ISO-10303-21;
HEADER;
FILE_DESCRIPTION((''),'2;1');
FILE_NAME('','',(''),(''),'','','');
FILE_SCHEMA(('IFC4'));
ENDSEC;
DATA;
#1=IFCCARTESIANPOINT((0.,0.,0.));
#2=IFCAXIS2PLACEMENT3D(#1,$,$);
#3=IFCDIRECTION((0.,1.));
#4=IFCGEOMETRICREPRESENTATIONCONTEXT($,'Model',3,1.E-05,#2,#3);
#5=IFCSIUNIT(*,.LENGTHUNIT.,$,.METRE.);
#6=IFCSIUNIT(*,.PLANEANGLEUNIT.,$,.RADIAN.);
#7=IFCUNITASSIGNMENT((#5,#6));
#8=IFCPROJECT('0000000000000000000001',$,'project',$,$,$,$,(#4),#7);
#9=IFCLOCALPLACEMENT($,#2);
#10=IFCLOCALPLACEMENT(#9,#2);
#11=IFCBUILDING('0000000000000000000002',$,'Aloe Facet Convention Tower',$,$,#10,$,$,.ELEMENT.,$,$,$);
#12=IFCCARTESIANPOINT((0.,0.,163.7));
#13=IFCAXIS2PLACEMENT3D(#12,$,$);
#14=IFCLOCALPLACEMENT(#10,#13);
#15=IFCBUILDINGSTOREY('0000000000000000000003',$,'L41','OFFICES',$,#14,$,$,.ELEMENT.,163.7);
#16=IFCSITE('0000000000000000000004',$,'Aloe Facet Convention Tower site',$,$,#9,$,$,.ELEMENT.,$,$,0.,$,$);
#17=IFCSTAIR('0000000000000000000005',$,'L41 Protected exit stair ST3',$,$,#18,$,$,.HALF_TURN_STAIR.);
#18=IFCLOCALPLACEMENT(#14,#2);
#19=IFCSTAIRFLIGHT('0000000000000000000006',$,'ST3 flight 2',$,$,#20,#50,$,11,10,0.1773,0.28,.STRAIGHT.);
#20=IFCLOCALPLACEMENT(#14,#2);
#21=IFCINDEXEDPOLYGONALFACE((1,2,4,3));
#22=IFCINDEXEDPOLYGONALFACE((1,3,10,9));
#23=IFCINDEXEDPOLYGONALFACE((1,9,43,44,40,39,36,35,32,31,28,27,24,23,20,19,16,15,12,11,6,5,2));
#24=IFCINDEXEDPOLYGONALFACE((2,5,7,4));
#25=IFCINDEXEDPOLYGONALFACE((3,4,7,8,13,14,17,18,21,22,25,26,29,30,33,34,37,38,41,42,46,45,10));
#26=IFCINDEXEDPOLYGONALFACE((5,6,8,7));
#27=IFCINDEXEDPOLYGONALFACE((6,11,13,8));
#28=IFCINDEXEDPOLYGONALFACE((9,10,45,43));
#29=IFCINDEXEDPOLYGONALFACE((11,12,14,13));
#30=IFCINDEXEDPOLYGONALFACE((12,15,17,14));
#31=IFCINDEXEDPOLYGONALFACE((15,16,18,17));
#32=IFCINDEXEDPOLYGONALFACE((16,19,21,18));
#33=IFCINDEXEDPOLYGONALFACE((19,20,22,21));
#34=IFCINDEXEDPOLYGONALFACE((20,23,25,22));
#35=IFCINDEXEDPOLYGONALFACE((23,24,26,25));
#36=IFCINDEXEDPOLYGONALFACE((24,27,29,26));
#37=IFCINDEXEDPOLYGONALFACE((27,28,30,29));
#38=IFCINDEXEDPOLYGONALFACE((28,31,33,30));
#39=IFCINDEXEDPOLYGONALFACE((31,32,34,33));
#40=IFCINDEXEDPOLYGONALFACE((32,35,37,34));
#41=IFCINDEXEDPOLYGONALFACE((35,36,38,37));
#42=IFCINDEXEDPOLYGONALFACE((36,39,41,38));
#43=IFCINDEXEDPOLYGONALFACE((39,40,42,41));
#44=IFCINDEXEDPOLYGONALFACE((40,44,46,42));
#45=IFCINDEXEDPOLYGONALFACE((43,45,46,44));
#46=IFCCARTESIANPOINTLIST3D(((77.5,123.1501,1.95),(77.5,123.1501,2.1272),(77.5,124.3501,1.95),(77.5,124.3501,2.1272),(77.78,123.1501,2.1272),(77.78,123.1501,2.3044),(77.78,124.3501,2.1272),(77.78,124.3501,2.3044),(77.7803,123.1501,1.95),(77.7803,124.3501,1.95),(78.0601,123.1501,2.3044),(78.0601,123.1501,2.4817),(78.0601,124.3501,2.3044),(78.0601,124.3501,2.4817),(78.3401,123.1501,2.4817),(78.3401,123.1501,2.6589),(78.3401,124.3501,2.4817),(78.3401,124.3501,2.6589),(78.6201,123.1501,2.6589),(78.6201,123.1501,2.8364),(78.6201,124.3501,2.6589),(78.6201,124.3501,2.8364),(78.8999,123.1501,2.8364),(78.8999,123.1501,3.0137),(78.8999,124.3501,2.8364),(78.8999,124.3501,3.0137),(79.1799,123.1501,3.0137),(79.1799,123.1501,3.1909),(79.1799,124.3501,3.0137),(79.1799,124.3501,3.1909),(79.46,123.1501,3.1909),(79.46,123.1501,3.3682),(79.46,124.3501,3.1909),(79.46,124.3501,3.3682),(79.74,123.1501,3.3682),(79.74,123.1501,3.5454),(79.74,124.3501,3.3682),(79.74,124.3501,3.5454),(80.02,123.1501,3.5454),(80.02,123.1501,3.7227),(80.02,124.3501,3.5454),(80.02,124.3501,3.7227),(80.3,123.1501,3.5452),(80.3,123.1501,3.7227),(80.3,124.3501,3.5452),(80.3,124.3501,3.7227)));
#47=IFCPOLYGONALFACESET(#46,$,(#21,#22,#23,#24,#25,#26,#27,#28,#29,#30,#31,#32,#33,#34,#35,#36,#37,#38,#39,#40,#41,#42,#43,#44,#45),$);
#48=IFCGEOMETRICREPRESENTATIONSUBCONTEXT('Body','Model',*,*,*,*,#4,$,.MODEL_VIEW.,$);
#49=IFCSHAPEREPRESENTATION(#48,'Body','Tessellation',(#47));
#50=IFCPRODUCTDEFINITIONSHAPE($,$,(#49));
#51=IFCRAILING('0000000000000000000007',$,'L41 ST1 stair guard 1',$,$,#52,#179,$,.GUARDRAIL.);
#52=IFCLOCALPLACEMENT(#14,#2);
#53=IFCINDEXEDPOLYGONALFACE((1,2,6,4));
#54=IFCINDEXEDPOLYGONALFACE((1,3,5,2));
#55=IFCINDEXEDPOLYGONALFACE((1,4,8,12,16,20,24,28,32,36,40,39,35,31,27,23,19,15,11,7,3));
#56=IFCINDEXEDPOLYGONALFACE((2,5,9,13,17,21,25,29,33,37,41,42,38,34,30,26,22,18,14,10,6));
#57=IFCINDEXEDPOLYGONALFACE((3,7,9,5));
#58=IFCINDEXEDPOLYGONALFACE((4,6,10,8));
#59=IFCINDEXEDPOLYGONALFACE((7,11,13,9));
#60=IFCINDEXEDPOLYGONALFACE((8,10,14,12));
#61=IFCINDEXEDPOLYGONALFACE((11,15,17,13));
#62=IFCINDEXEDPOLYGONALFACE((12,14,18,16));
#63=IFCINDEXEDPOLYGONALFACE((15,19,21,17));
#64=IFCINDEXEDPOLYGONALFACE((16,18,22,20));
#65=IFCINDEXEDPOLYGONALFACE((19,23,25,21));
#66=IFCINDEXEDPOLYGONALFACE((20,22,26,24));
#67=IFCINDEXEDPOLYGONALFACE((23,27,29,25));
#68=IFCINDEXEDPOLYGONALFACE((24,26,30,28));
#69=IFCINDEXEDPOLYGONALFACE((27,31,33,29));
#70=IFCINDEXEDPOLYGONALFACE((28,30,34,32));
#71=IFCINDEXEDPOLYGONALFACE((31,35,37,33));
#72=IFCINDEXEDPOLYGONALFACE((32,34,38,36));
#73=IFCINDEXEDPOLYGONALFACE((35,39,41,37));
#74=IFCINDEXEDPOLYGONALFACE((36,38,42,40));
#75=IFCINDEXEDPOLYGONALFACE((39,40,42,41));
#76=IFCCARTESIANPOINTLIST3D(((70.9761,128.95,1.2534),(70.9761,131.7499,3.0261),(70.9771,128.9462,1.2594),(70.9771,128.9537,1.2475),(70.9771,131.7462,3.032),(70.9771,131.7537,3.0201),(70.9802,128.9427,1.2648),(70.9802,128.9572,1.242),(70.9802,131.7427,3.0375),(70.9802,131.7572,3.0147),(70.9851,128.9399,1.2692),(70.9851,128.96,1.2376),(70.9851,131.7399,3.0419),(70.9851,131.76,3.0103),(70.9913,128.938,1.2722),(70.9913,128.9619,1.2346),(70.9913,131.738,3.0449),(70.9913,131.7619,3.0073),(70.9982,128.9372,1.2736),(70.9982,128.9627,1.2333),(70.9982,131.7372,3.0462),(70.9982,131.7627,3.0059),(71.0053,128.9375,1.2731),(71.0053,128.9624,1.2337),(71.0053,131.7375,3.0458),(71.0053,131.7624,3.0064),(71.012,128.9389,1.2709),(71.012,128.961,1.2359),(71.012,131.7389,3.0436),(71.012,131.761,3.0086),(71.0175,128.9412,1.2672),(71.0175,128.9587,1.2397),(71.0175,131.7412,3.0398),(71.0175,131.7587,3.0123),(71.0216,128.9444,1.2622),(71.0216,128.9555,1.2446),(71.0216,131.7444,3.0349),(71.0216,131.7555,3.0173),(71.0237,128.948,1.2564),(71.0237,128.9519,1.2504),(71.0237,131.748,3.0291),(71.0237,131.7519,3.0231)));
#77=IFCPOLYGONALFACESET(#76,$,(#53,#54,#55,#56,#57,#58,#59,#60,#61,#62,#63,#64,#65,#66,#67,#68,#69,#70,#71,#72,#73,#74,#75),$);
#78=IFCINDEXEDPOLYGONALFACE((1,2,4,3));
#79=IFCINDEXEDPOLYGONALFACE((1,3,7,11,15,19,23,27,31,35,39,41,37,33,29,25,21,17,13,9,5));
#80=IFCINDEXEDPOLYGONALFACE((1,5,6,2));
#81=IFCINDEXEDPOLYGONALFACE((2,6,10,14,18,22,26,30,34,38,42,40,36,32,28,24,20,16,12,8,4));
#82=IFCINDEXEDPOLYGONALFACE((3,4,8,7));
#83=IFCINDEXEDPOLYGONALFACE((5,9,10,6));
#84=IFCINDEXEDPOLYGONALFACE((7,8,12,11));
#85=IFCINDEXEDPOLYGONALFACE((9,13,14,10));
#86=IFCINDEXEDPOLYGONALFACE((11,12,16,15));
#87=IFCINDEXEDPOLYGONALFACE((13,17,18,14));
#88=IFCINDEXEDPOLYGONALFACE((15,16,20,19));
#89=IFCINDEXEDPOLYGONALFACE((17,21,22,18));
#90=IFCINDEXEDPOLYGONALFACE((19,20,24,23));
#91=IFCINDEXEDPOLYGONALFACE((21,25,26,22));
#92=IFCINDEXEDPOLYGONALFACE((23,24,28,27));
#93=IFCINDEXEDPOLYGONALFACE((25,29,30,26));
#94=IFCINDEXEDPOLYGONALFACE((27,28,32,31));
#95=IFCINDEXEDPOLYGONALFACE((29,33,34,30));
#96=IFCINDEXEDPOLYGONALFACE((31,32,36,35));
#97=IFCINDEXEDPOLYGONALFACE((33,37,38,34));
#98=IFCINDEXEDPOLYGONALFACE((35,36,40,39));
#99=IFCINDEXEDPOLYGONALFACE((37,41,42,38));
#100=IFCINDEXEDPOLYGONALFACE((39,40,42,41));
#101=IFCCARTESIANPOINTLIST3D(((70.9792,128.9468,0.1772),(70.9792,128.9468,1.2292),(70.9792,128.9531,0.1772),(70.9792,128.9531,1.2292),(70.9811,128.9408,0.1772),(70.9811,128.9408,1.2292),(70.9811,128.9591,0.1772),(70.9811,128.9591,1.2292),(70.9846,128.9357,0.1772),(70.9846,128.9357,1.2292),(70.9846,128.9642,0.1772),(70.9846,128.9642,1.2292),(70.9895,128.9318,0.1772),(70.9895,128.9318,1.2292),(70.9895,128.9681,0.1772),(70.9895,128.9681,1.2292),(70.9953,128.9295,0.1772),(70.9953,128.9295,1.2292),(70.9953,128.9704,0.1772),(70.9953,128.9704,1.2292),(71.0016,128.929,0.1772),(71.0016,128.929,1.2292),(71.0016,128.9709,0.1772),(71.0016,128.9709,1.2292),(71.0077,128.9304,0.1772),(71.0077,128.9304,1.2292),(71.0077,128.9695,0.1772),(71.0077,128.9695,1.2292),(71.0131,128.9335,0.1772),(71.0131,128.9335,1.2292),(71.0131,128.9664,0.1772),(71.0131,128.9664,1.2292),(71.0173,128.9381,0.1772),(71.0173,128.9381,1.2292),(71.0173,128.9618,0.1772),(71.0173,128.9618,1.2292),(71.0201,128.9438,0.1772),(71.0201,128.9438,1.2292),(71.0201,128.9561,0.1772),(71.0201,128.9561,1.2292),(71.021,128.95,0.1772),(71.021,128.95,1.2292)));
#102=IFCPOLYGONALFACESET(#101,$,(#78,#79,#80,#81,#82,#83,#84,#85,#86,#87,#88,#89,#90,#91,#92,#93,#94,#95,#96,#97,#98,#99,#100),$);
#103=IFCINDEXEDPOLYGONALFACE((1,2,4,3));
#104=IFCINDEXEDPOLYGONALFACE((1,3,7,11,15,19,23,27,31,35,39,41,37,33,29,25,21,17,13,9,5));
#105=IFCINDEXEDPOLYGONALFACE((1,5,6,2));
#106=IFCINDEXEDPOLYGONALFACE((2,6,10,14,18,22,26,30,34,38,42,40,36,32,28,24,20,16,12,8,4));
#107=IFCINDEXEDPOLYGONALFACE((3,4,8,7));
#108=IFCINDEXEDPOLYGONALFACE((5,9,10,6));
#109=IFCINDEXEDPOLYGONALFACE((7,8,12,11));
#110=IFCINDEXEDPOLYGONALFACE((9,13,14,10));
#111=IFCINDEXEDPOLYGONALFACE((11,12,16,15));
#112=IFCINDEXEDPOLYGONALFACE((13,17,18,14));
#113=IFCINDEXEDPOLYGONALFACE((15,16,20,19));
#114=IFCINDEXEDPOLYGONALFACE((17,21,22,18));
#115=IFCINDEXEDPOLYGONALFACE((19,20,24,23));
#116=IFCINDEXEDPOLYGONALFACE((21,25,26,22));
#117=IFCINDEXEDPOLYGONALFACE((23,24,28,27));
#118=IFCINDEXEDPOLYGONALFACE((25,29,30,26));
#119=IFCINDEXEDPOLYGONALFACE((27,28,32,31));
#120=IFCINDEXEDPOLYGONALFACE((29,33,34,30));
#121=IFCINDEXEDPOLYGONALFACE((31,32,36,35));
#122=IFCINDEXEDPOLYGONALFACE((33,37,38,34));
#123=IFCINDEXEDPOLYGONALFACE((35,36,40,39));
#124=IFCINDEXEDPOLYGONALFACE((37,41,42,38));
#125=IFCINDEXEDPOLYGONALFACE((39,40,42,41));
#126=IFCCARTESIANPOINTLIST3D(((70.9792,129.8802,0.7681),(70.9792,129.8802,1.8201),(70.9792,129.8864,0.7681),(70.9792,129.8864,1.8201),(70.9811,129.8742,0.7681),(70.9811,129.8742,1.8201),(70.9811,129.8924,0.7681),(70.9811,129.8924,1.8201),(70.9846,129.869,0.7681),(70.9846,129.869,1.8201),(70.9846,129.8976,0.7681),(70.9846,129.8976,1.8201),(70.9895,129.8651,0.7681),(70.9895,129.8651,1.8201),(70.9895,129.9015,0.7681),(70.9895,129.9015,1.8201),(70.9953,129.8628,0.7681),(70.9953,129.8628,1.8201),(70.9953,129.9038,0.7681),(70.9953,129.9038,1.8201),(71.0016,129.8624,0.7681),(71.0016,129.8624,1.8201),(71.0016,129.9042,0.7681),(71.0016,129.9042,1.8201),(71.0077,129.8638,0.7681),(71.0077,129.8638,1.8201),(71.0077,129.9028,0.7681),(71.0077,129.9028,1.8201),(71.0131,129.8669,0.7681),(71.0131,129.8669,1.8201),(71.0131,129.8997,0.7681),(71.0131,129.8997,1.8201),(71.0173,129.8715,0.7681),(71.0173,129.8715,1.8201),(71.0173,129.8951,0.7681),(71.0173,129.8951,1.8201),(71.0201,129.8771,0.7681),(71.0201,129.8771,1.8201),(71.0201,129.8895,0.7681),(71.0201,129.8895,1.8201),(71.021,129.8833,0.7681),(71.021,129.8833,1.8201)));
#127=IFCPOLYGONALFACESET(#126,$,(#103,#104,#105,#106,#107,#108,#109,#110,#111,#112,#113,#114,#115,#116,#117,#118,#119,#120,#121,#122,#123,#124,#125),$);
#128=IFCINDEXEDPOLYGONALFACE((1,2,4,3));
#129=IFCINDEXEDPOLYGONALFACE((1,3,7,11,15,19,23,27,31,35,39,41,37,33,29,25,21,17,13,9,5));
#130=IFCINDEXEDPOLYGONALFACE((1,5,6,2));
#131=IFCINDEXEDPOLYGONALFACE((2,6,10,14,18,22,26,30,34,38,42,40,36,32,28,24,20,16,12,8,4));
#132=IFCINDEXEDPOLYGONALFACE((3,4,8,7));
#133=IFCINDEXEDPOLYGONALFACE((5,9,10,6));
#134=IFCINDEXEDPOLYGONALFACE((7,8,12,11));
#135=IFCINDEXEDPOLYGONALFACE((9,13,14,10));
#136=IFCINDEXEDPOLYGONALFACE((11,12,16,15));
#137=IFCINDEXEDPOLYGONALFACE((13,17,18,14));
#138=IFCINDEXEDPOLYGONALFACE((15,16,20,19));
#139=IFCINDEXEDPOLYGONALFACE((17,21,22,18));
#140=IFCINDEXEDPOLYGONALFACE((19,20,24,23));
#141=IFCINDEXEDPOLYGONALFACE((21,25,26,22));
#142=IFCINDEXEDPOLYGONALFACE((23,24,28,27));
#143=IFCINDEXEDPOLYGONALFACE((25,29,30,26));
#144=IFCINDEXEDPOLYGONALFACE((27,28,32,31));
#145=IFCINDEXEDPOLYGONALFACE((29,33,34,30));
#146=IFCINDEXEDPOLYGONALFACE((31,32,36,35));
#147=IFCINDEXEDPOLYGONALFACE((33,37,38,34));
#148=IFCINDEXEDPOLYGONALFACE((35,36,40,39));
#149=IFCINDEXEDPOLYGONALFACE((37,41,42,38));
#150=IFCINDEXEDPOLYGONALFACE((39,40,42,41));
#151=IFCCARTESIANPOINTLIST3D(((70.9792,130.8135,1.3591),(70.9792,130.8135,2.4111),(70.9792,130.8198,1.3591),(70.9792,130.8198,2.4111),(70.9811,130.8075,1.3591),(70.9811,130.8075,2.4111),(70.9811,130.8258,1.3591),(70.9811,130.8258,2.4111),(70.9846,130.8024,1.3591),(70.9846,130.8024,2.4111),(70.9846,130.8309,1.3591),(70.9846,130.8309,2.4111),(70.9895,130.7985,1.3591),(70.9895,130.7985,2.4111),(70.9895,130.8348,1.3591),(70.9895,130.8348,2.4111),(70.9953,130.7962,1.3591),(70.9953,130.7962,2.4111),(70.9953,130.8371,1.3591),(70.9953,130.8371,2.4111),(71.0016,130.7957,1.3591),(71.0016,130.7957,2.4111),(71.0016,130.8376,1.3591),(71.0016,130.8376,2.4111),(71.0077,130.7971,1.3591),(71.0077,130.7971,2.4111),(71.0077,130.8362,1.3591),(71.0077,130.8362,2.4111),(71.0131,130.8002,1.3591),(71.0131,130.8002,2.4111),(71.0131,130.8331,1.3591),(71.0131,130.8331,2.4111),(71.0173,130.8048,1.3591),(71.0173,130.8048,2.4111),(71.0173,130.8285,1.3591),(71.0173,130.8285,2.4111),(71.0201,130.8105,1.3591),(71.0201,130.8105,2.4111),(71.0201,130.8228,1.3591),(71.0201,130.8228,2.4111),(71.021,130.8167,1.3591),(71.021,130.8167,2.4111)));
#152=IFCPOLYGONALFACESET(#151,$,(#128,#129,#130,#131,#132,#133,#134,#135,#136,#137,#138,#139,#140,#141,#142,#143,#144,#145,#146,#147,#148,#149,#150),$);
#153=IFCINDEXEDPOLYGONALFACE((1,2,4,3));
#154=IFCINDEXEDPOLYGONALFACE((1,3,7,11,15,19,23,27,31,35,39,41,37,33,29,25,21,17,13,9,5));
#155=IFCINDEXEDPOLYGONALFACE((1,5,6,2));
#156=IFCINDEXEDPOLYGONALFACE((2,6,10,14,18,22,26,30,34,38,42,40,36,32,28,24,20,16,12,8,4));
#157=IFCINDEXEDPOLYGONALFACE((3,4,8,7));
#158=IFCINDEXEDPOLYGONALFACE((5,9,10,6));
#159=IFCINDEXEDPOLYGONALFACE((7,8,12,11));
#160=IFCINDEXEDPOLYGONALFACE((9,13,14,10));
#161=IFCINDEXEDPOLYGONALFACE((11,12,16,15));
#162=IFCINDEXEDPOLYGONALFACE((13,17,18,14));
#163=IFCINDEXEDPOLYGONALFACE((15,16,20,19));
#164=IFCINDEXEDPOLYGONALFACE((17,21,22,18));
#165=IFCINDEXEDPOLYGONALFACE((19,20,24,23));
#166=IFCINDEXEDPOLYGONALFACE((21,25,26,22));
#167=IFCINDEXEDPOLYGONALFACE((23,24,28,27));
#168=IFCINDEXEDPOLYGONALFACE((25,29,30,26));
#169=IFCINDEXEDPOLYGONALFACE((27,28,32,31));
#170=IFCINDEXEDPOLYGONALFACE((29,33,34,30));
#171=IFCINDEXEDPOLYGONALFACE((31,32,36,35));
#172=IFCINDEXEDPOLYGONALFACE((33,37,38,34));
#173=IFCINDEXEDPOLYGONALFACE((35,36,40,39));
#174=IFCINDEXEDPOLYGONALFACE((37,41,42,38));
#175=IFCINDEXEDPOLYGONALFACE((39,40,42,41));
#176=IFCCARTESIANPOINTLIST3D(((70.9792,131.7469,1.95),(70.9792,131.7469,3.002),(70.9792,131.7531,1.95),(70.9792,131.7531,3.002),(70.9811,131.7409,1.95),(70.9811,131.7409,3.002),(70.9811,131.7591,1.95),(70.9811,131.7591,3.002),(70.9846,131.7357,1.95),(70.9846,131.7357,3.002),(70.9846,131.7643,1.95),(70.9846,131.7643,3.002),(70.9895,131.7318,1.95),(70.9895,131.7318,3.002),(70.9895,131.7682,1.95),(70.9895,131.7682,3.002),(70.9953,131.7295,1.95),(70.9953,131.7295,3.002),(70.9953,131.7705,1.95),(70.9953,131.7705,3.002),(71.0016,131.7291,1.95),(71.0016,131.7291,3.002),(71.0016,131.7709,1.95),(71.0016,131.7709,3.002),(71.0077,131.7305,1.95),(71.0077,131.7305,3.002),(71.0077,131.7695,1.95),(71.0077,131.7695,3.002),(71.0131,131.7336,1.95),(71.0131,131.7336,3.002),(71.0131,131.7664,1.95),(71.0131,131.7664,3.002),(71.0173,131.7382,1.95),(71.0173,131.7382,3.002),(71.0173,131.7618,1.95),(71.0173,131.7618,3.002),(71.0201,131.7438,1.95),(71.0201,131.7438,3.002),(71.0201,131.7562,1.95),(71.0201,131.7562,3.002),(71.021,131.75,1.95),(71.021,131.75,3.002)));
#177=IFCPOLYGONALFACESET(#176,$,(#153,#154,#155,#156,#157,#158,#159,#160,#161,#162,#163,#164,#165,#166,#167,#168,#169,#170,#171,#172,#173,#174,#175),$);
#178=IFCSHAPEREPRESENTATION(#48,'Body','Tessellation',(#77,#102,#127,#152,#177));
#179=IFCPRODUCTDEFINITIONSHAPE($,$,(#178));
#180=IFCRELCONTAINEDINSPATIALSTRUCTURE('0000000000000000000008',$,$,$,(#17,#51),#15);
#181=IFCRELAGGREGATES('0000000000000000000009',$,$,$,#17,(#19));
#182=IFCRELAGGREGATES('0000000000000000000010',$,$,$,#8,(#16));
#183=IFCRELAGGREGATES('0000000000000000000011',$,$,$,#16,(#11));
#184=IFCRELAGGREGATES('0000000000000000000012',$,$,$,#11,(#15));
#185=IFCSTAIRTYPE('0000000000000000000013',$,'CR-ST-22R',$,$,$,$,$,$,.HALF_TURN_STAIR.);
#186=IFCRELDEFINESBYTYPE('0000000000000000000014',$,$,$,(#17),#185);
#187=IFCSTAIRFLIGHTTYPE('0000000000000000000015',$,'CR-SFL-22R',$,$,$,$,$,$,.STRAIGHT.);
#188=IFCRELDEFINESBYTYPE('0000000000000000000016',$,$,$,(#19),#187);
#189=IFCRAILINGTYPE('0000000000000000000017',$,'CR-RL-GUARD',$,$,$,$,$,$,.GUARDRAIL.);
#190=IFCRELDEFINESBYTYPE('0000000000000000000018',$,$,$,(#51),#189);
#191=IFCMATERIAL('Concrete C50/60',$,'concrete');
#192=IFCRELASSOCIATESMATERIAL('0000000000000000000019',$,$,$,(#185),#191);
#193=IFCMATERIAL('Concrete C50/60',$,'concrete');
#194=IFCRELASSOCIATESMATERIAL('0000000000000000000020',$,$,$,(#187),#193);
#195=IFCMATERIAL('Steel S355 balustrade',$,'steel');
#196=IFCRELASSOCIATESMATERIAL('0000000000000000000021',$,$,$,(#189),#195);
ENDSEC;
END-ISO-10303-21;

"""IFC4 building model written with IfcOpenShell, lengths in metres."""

from ifc_helpers import new_model, si_unit, direction, frame, origin, origin_2d, place, context, subcontext, project, spatial, polyline, circle, outline, extrude, material, type_object, element, aggregate, save


model = new_model("IFC4")

# Units and contexts
model_context = context("Model", 3, precision=1e-05, world=origin(), true_north=direction((0.0, 1.0)))
body_context = subcontext(model_context, "Body", "Model", "MODEL_VIEW")
ifc_project = project(units=[si_unit("LENGTHUNIT", "METRE"), si_unit("PLANEANGLEUNIT", "RADIAN")], contexts=[model_context])

# Site, building, storey
site_placement = place(None, origin())
site = spatial("IfcSite", under=ifc_project, at=site_placement, Name="Aloe Facet Convention Tower site", CompositionType="ELEMENT", RefElevation=0.0)
building_placement = place(site_placement, origin())
building = spatial("IfcBuilding", under=site, at=building_placement, Name="Aloe Facet Convention Tower", CompositionType="ELEMENT")
storey_placement = place(building_placement, frame((0.0, 0.0, 163.7)))
storey = spatial("IfcBuildingStorey", under=building, at=storey_placement, Name="L41", Description="OFFICES", CompositionType="ELEMENT", Elevation=163.7)

# Stair, stair flight
ifc_material_1 = material(Name="Concrete C50/60", Category="concrete")
stair_type = type_object("IfcStairType", Name="CR-ST-22R", PredefinedType="HALF_TURN_STAIR", material=ifc_material_1)
ifc_material_2 = material(Name="Concrete C50/60", Category="concrete")
stair_flight_type = type_object("IfcStairFlightType", Name="CR-SFL-22R", PredefinedType="STRAIGHT", material=ifc_material_2)
stair_1_placement = place(storey_placement, origin())
stair_1 = element("IfcStair", 1, at=stair_1_placement, inside=storey, type_object=stair_type, Name="L41 Protected exit stair ST3", PredefinedType="HALF_TURN_STAIR")
stair_flight_1_placement = place(storey_placement, frame((77.5, 123.75, 1.95), z_axis=(0.0, 0.0, 1.0), x_axis=(1.0, 0.0, 0.0)))
stair_flight_1 = element("IfcStairFlight", 2, at=stair_flight_1_placement, type_object=stair_flight_type, Name="ST3 flight 2", NumberOfRisers=11, NumberOfTreads=10, PredefinedType="STRAIGHT", RiserHeight=0.1773, TreadLength=0.28, context=body_context, shape_type="SweptSolid", body=[
    extrude(outline(polyline([(0.0, 0.0), (0.0, 0.1772), (0.28, 0.1772), (0.28, 0.3545), (0.5601, 0.3545), (0.5601, 0.5317), (0.8401, 0.5317), (0.8401, 0.709), (1.1201, 0.709), (1.1201, 0.8865), (1.3999, 0.8865), (1.3999, 1.0637), (1.6799, 1.0637), (1.6799, 1.241), (1.96, 1.241), (1.96, 1.4182), (2.24, 1.4182), (2.24, 1.5955), (2.52, 1.5955), (2.52, 1.7727), (2.8, 1.7727), (2.8, 1.95), (2.8, 1.5952), (0.2803, 0.0), (0.0, 0.0)])), frame((0.0, 0.6001, 0.0), z_axis=(0.0, -1.0, 0.0), x_axis=(1.0, 0.0, 0.0)), (0.0, 0.0, 1.0), 1.2),
])
aggregate(stair_1, [stair_flight_1])

# Railing
ifc_material_3 = material(Name="Steel S355 balustrade", Category="steel")
railing_type_1 = type_object("IfcRailingType", Name="CR-RL-GUARD", PredefinedType="GUARDRAIL", material=ifc_material_3)
railing_1_placement = place(storey_placement, frame((71.0, 128.95, 0.1772)))
element("IfcRailing", 3, at=railing_1_placement, inside=storey, type_object=railing_type_1, Name="L41 ST1 stair guard 1", PredefinedType="GUARDRAIL", context=body_context, shape_type="SweptSolid", body=[
    extrude(circle(Radius=0.0239, at=origin_2d()), frame((0.0, 0.0, 1.0762), z_axis=(0.0, 0.844909, 0.53491), x_axis=(-1.0, 0.0, 0.0)), (0.0, 0.0, 1.0), 3.314),
    extrude(circle(Radius=0.021, at=origin_2d()), origin(), (0.0, 0.0, 1.0), 1.052),
    extrude(circle(Radius=0.021, at=origin_2d()), frame((0.0, 0.9333, 0.5908)), (0.0, 0.0, 1.0), 1.052),
    extrude(circle(Radius=0.021, at=origin_2d()), frame((0.0, 1.8667, 1.1819)), (0.0, 0.0, 1.0), 1.052),
    extrude(circle(Radius=0.021, at=origin_2d()), frame((0.0, 2.8, 1.7727)), (0.0, 0.0, 1.0), 1.052),
])

save(model, "model.ifc")
